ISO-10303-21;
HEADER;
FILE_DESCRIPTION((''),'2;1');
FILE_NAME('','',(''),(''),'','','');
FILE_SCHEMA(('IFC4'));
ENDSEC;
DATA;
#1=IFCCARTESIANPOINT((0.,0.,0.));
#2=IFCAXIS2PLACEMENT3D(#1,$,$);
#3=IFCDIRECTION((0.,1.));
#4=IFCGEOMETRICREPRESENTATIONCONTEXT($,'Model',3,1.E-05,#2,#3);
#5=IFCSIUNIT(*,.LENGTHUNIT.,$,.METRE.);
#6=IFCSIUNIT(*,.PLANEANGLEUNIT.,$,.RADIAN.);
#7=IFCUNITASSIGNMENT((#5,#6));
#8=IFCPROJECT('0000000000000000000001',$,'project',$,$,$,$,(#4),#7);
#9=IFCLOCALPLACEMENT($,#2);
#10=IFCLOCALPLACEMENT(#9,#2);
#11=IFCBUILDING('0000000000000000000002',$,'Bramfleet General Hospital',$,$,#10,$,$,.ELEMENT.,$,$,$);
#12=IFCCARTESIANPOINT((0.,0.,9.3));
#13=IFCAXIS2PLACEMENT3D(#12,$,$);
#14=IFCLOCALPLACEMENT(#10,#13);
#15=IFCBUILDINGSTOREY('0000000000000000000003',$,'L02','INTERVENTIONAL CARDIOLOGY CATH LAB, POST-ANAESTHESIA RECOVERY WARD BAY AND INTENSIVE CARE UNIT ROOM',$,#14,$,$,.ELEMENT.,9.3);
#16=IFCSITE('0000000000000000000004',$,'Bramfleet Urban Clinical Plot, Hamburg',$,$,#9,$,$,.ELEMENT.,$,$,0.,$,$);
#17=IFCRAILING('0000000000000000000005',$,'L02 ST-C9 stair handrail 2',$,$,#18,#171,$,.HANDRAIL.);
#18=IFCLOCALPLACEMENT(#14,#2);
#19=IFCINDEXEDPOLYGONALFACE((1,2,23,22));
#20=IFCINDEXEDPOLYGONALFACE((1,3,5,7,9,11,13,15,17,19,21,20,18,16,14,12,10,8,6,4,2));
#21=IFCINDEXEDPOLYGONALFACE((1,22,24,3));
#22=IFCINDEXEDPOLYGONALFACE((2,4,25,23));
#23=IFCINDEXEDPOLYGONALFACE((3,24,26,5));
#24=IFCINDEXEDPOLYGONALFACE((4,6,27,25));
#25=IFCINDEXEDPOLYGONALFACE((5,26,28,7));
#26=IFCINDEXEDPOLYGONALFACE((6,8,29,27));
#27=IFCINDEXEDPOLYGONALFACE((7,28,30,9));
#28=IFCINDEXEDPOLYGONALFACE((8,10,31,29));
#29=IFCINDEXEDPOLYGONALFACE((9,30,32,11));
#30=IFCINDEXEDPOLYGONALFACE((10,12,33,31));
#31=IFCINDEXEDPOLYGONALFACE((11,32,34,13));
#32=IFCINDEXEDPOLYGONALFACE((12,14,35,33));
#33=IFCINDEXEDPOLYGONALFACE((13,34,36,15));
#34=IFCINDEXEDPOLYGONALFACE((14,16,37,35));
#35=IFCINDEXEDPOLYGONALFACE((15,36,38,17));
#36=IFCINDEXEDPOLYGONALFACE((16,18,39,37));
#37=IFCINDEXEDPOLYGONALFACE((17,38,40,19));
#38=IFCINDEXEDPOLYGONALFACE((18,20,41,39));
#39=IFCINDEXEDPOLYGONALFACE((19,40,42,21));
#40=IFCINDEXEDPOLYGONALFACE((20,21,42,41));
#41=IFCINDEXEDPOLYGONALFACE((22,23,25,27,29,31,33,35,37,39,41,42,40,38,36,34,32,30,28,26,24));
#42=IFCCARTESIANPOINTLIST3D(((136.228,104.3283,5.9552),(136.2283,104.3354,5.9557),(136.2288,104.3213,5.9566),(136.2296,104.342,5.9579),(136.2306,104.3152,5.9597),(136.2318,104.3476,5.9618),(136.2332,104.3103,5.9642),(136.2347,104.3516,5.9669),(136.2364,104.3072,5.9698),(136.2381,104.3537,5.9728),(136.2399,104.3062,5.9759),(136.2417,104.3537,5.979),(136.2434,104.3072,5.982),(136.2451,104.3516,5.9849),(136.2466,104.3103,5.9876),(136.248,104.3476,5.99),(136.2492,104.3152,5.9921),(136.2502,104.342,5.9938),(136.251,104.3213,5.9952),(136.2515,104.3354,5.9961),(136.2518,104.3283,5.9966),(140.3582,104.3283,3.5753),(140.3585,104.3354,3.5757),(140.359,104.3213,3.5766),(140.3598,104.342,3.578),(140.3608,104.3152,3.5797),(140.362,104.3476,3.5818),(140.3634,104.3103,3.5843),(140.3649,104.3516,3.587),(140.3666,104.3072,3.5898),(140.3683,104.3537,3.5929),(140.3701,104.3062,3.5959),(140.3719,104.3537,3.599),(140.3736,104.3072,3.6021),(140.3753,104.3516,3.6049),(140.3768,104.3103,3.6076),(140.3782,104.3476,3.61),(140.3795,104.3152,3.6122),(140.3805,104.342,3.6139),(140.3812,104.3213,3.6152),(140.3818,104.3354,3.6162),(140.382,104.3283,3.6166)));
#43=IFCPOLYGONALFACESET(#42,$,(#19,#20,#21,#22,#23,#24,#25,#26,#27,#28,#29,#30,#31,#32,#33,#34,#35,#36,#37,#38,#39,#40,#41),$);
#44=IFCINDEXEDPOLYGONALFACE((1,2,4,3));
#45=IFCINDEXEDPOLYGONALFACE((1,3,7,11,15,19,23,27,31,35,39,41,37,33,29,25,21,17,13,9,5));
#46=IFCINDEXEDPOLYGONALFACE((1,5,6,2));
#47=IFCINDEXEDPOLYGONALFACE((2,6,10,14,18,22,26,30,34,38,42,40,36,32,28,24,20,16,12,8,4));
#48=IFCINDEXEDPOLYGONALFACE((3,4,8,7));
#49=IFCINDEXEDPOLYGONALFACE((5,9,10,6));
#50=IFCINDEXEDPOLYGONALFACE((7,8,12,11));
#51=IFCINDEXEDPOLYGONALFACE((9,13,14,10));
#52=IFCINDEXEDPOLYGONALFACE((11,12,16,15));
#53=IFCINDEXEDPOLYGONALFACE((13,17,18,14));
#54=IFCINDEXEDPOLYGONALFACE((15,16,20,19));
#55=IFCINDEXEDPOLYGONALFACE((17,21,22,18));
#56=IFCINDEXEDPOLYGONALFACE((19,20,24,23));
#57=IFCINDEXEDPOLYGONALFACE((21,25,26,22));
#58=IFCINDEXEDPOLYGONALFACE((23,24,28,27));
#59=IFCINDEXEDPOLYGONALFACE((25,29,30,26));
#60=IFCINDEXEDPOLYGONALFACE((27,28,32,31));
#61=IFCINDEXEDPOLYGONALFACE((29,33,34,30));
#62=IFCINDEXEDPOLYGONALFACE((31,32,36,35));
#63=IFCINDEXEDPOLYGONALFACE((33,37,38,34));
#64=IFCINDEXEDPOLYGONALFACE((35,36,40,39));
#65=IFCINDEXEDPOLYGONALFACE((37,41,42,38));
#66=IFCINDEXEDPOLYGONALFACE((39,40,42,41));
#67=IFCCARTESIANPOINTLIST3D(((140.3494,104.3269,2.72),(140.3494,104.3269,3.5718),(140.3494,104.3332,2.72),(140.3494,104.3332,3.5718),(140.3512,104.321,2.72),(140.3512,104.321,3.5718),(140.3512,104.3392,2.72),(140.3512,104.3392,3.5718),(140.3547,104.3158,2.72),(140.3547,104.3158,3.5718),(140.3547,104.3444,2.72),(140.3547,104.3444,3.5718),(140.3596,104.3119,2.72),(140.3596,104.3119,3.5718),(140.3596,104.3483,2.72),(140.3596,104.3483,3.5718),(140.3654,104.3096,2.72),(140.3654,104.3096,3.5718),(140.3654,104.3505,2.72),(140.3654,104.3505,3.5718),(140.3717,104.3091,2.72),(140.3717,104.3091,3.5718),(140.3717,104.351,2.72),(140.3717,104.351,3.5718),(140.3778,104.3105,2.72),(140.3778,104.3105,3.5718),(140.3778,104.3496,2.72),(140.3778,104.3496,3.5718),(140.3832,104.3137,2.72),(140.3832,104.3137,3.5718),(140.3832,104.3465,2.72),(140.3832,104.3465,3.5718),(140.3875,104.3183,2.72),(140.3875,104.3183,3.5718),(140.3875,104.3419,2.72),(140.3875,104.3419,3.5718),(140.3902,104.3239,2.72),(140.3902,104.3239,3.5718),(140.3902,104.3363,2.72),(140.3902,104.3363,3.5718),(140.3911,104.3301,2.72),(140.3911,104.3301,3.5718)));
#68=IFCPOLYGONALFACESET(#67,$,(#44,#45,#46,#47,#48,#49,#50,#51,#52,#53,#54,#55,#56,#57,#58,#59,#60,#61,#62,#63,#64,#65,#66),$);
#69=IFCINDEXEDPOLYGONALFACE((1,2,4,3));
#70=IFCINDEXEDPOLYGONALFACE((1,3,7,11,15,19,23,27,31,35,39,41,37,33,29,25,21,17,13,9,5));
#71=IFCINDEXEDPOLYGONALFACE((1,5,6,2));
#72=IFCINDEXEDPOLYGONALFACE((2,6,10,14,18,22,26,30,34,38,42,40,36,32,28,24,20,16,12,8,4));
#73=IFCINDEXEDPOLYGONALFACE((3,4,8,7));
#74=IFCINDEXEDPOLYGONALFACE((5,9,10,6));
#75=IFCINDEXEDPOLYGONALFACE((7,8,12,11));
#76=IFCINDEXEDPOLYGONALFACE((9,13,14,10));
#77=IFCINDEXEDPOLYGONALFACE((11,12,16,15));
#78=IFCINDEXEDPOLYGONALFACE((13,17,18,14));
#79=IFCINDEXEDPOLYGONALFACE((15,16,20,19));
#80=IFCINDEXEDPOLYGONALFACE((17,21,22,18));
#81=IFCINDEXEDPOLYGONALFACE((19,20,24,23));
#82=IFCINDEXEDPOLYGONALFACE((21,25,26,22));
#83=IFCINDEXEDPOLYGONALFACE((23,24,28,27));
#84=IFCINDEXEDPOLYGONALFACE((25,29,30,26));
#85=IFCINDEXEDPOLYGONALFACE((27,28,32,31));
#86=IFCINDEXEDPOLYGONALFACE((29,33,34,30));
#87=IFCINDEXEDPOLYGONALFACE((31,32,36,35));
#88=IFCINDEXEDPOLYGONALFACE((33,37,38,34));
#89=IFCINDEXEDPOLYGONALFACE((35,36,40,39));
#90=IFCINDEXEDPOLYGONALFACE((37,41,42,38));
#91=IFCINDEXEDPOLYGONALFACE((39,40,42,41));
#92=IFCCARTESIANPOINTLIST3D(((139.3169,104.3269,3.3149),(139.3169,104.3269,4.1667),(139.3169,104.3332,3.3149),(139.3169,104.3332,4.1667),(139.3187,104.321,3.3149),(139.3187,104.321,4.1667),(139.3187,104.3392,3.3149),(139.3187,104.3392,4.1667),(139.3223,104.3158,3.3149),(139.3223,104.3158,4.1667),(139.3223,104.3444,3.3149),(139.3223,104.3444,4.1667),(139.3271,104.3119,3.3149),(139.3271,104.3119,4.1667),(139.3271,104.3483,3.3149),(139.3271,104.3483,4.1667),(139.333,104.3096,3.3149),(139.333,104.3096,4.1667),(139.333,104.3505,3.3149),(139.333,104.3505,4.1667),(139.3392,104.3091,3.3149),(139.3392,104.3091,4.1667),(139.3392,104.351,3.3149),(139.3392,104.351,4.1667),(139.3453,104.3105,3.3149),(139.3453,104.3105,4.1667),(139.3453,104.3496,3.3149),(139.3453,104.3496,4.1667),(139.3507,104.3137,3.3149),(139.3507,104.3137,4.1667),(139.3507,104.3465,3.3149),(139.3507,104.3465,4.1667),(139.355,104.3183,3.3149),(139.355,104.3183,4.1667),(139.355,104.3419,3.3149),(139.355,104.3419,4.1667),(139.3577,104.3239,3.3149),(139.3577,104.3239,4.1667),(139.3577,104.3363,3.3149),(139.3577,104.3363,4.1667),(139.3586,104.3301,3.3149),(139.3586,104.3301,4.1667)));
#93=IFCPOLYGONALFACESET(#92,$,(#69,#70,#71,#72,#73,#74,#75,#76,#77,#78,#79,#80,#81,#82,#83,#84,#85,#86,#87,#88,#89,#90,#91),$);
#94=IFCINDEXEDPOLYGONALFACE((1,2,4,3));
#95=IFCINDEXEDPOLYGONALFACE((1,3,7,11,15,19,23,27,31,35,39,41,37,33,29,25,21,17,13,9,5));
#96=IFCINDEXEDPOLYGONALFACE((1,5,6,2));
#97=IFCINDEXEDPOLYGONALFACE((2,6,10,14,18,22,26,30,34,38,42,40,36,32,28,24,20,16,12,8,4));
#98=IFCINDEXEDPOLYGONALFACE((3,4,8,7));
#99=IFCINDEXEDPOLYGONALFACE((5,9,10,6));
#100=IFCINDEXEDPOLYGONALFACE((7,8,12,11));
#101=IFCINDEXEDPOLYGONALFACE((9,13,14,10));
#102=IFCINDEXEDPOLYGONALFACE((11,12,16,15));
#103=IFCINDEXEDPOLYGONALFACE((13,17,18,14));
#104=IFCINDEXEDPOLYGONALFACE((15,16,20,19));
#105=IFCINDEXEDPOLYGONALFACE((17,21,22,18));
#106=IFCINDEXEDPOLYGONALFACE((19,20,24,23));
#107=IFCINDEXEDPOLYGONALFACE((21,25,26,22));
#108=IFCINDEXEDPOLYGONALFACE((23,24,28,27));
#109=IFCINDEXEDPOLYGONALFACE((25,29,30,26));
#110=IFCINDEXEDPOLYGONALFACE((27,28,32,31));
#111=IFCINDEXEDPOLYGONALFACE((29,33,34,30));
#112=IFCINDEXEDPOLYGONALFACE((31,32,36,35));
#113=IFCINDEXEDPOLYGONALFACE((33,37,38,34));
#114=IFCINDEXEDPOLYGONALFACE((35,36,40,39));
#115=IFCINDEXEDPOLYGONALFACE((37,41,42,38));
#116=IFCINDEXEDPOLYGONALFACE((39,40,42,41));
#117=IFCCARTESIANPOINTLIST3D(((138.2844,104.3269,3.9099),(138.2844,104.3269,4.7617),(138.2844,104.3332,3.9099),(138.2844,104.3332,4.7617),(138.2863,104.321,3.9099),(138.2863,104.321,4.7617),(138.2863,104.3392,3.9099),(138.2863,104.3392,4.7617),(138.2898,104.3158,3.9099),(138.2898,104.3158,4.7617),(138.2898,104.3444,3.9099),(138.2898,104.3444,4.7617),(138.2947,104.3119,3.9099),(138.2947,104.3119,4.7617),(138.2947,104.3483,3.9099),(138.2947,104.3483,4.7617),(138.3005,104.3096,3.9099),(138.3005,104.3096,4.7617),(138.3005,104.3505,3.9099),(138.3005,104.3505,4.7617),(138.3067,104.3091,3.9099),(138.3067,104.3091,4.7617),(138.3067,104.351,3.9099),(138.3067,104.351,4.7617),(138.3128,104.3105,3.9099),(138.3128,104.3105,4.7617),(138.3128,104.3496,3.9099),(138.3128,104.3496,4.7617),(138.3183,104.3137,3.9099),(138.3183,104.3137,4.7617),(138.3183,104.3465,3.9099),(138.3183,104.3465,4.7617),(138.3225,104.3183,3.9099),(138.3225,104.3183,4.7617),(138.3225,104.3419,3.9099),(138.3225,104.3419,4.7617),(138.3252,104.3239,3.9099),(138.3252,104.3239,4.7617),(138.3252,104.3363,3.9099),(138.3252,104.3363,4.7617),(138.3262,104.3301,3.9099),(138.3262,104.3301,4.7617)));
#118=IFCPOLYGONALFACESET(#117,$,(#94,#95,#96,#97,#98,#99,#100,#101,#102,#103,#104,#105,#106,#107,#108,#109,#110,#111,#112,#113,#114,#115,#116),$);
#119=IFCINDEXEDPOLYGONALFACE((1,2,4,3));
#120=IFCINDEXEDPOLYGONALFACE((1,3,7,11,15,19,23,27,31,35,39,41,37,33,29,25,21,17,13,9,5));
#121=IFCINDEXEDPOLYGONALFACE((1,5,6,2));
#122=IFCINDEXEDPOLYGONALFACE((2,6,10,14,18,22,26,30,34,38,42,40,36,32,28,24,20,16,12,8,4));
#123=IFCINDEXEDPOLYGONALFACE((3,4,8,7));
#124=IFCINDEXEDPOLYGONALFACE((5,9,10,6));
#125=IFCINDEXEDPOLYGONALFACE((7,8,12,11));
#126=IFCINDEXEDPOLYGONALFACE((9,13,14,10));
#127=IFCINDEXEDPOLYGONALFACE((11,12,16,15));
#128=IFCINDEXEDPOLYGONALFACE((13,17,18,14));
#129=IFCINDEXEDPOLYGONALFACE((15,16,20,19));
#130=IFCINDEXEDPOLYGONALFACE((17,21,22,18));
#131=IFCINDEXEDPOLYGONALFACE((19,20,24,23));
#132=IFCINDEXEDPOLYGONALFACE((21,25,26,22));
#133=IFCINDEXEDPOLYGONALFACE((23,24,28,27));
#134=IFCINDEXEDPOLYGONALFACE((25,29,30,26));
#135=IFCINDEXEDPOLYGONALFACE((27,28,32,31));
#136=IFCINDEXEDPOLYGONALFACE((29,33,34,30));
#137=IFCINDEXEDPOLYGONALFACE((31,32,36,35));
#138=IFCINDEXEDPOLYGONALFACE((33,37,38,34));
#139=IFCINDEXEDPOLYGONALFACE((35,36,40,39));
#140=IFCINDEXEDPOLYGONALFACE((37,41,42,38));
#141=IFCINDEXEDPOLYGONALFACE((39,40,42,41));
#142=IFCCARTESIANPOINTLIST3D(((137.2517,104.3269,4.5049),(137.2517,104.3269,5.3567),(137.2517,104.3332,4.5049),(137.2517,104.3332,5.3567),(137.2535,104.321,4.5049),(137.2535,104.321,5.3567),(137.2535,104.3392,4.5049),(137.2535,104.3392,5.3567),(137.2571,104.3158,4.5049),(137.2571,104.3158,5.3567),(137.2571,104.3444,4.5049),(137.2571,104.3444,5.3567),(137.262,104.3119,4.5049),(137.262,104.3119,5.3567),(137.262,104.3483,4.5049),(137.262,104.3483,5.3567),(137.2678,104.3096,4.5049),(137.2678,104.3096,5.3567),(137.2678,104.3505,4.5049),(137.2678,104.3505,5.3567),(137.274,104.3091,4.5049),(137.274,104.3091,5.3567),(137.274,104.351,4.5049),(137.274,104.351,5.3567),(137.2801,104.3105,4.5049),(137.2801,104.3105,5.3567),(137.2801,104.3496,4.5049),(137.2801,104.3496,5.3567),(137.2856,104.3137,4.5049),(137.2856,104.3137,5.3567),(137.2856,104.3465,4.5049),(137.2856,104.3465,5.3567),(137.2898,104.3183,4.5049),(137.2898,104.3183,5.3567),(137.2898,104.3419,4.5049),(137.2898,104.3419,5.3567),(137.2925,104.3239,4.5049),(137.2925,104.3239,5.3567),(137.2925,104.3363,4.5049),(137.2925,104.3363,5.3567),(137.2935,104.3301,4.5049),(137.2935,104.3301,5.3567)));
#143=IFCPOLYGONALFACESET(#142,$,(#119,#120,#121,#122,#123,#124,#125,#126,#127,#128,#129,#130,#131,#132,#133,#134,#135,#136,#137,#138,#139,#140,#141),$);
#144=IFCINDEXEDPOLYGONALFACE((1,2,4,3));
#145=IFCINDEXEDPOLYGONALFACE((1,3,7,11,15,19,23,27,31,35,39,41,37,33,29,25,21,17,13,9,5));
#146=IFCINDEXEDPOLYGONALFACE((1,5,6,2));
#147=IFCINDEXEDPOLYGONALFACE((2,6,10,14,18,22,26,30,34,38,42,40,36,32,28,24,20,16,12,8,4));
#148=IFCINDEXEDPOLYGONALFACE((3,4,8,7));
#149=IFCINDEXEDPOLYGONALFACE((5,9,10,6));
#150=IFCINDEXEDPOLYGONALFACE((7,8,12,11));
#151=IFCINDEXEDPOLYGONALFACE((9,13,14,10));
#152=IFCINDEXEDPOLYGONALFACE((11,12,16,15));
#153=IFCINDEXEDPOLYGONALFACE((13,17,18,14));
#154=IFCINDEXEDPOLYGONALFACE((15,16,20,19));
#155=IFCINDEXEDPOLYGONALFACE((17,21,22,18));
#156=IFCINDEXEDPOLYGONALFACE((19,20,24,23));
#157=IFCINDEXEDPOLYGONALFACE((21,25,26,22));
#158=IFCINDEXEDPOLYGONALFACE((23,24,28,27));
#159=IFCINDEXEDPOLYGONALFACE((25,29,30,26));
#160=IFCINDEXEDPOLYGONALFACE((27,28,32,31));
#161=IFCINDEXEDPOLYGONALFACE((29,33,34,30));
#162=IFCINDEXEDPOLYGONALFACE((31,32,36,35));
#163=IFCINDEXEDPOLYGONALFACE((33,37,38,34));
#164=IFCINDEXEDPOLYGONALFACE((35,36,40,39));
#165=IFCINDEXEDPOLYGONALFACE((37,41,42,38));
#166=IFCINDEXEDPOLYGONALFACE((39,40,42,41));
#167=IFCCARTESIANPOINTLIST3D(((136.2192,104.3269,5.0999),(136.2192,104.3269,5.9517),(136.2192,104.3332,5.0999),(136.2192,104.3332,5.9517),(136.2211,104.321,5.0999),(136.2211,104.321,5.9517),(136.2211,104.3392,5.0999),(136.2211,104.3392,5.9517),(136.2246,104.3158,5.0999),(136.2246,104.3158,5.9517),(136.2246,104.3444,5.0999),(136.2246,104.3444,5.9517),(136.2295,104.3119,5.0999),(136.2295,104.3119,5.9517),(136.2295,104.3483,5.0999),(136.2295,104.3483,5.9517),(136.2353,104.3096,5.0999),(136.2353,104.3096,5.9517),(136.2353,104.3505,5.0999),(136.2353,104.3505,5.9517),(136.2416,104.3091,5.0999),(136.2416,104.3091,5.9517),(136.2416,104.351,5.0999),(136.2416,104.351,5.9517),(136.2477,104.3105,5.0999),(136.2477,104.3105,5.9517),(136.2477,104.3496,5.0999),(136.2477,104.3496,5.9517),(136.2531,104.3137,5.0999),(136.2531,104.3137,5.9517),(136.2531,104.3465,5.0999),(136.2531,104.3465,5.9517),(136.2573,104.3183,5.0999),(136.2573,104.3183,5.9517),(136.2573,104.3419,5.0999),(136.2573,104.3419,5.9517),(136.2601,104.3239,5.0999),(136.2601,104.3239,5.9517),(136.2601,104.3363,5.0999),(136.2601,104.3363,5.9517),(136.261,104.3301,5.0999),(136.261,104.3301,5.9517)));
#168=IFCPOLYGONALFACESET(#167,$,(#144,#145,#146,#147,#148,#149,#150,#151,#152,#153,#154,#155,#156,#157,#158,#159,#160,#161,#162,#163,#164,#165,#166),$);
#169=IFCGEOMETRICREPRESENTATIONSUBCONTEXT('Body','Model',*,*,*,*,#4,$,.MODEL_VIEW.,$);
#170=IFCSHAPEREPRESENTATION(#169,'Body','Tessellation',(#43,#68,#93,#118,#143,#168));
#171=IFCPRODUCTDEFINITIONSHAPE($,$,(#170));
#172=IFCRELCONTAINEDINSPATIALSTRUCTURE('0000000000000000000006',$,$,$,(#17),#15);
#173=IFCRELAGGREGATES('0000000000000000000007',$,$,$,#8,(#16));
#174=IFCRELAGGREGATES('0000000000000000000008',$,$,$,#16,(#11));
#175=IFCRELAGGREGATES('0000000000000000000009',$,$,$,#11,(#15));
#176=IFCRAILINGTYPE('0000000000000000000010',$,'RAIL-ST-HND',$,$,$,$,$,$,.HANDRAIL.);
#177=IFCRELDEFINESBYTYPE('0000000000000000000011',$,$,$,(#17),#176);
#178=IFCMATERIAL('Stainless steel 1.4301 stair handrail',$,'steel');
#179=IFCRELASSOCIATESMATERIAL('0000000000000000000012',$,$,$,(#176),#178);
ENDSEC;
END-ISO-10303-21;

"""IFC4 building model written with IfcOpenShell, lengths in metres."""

from ifc_helpers import new_model, si_unit, direction, frame, origin, origin_2d, place, context, subcontext, project, spatial, circle, extrude, material, type_object, element, save


model = new_model("IFC4")

# Units and contexts
model_context = context("Model", 3, precision=1e-05, world=origin(), true_north=direction((0.0, 1.0)))
body_context = subcontext(model_context, "Body", "Model", "MODEL_VIEW")
ifc_project = project(units=[si_unit("LENGTHUNIT", "METRE"), si_unit("PLANEANGLEUNIT", "RADIAN")], contexts=[model_context])

# Site, building, storey
site_placement = place(None, origin())
site = spatial("IfcSite", under=ifc_project, at=site_placement, Name="Bramfleet Urban Clinical Plot, Hamburg", CompositionType="ELEMENT", RefElevation=0.0)
building_placement = place(site_placement, origin())
building = spatial("IfcBuilding", under=site, at=building_placement, Name="Bramfleet General Hospital", CompositionType="ELEMENT")
storey_placement = place(building_placement, frame((0.0, 0.0, 9.3)))
storey = spatial("IfcBuildingStorey", under=building, at=storey_placement, Name="L02", Description="INTERVENTIONAL CARDIOLOGY CATH LAB, POST-ANAESTHESIA RECOVERY WARD BAY AND INTENSIVE CARE UNIT ROOM", CompositionType="ELEMENT", Elevation=9.3)

# Railing
ifc_material_1 = material(Name="Stainless steel 1.4301 stair handrail", Category="steel")
railing_type_1 = type_object("IfcRailingType", Name="RAIL-ST-HND", PredefinedType="HANDRAIL", material=ifc_material_1)
railing_1_placement = place(storey_placement, frame((140.3701, 104.3301, 2.72)))
element("IfcRailing", 1, at=railing_1_placement, inside=storey, type_object=railing_type_1, Name="L02 ST-C9 stair handrail 2", PredefinedType="HANDRAIL", context=body_context, shape_type="SweptSolid", body=[
    extrude(circle(Radius=0.0239, at=origin_2d()), frame((0.0, 0.0, 0.876), z_axis=(-0.866447, 0.0, 0.499269), x_axis=(0.0, -1.0, 0.0)), (0.0, 0.0, 1.0), 4.7668),
    extrude(circle(Radius=0.021, at=origin_2d()), origin(), (0.0, 0.0, 1.0), 0.8518),
    extrude(circle(Radius=0.021, at=origin_2d()), frame((-1.0325, 0.0, 0.595)), (0.0, 0.0, 1.0), 0.8518),
    extrude(circle(Radius=0.021, at=origin_2d()), frame((-2.0649, 0.0, 1.1899)), (0.0, 0.0, 1.0), 0.8518),
    extrude(circle(Radius=0.021, at=origin_2d()), frame((-3.0977, 0.0, 1.7849)), (0.0, 0.0, 1.0), 0.8518),
    extrude(circle(Radius=0.021, at=origin_2d()), frame((-4.1301, 0.0, 2.3799)), (0.0, 0.0, 1.0), 0.8518),
])

save(model, "model.ifc")
